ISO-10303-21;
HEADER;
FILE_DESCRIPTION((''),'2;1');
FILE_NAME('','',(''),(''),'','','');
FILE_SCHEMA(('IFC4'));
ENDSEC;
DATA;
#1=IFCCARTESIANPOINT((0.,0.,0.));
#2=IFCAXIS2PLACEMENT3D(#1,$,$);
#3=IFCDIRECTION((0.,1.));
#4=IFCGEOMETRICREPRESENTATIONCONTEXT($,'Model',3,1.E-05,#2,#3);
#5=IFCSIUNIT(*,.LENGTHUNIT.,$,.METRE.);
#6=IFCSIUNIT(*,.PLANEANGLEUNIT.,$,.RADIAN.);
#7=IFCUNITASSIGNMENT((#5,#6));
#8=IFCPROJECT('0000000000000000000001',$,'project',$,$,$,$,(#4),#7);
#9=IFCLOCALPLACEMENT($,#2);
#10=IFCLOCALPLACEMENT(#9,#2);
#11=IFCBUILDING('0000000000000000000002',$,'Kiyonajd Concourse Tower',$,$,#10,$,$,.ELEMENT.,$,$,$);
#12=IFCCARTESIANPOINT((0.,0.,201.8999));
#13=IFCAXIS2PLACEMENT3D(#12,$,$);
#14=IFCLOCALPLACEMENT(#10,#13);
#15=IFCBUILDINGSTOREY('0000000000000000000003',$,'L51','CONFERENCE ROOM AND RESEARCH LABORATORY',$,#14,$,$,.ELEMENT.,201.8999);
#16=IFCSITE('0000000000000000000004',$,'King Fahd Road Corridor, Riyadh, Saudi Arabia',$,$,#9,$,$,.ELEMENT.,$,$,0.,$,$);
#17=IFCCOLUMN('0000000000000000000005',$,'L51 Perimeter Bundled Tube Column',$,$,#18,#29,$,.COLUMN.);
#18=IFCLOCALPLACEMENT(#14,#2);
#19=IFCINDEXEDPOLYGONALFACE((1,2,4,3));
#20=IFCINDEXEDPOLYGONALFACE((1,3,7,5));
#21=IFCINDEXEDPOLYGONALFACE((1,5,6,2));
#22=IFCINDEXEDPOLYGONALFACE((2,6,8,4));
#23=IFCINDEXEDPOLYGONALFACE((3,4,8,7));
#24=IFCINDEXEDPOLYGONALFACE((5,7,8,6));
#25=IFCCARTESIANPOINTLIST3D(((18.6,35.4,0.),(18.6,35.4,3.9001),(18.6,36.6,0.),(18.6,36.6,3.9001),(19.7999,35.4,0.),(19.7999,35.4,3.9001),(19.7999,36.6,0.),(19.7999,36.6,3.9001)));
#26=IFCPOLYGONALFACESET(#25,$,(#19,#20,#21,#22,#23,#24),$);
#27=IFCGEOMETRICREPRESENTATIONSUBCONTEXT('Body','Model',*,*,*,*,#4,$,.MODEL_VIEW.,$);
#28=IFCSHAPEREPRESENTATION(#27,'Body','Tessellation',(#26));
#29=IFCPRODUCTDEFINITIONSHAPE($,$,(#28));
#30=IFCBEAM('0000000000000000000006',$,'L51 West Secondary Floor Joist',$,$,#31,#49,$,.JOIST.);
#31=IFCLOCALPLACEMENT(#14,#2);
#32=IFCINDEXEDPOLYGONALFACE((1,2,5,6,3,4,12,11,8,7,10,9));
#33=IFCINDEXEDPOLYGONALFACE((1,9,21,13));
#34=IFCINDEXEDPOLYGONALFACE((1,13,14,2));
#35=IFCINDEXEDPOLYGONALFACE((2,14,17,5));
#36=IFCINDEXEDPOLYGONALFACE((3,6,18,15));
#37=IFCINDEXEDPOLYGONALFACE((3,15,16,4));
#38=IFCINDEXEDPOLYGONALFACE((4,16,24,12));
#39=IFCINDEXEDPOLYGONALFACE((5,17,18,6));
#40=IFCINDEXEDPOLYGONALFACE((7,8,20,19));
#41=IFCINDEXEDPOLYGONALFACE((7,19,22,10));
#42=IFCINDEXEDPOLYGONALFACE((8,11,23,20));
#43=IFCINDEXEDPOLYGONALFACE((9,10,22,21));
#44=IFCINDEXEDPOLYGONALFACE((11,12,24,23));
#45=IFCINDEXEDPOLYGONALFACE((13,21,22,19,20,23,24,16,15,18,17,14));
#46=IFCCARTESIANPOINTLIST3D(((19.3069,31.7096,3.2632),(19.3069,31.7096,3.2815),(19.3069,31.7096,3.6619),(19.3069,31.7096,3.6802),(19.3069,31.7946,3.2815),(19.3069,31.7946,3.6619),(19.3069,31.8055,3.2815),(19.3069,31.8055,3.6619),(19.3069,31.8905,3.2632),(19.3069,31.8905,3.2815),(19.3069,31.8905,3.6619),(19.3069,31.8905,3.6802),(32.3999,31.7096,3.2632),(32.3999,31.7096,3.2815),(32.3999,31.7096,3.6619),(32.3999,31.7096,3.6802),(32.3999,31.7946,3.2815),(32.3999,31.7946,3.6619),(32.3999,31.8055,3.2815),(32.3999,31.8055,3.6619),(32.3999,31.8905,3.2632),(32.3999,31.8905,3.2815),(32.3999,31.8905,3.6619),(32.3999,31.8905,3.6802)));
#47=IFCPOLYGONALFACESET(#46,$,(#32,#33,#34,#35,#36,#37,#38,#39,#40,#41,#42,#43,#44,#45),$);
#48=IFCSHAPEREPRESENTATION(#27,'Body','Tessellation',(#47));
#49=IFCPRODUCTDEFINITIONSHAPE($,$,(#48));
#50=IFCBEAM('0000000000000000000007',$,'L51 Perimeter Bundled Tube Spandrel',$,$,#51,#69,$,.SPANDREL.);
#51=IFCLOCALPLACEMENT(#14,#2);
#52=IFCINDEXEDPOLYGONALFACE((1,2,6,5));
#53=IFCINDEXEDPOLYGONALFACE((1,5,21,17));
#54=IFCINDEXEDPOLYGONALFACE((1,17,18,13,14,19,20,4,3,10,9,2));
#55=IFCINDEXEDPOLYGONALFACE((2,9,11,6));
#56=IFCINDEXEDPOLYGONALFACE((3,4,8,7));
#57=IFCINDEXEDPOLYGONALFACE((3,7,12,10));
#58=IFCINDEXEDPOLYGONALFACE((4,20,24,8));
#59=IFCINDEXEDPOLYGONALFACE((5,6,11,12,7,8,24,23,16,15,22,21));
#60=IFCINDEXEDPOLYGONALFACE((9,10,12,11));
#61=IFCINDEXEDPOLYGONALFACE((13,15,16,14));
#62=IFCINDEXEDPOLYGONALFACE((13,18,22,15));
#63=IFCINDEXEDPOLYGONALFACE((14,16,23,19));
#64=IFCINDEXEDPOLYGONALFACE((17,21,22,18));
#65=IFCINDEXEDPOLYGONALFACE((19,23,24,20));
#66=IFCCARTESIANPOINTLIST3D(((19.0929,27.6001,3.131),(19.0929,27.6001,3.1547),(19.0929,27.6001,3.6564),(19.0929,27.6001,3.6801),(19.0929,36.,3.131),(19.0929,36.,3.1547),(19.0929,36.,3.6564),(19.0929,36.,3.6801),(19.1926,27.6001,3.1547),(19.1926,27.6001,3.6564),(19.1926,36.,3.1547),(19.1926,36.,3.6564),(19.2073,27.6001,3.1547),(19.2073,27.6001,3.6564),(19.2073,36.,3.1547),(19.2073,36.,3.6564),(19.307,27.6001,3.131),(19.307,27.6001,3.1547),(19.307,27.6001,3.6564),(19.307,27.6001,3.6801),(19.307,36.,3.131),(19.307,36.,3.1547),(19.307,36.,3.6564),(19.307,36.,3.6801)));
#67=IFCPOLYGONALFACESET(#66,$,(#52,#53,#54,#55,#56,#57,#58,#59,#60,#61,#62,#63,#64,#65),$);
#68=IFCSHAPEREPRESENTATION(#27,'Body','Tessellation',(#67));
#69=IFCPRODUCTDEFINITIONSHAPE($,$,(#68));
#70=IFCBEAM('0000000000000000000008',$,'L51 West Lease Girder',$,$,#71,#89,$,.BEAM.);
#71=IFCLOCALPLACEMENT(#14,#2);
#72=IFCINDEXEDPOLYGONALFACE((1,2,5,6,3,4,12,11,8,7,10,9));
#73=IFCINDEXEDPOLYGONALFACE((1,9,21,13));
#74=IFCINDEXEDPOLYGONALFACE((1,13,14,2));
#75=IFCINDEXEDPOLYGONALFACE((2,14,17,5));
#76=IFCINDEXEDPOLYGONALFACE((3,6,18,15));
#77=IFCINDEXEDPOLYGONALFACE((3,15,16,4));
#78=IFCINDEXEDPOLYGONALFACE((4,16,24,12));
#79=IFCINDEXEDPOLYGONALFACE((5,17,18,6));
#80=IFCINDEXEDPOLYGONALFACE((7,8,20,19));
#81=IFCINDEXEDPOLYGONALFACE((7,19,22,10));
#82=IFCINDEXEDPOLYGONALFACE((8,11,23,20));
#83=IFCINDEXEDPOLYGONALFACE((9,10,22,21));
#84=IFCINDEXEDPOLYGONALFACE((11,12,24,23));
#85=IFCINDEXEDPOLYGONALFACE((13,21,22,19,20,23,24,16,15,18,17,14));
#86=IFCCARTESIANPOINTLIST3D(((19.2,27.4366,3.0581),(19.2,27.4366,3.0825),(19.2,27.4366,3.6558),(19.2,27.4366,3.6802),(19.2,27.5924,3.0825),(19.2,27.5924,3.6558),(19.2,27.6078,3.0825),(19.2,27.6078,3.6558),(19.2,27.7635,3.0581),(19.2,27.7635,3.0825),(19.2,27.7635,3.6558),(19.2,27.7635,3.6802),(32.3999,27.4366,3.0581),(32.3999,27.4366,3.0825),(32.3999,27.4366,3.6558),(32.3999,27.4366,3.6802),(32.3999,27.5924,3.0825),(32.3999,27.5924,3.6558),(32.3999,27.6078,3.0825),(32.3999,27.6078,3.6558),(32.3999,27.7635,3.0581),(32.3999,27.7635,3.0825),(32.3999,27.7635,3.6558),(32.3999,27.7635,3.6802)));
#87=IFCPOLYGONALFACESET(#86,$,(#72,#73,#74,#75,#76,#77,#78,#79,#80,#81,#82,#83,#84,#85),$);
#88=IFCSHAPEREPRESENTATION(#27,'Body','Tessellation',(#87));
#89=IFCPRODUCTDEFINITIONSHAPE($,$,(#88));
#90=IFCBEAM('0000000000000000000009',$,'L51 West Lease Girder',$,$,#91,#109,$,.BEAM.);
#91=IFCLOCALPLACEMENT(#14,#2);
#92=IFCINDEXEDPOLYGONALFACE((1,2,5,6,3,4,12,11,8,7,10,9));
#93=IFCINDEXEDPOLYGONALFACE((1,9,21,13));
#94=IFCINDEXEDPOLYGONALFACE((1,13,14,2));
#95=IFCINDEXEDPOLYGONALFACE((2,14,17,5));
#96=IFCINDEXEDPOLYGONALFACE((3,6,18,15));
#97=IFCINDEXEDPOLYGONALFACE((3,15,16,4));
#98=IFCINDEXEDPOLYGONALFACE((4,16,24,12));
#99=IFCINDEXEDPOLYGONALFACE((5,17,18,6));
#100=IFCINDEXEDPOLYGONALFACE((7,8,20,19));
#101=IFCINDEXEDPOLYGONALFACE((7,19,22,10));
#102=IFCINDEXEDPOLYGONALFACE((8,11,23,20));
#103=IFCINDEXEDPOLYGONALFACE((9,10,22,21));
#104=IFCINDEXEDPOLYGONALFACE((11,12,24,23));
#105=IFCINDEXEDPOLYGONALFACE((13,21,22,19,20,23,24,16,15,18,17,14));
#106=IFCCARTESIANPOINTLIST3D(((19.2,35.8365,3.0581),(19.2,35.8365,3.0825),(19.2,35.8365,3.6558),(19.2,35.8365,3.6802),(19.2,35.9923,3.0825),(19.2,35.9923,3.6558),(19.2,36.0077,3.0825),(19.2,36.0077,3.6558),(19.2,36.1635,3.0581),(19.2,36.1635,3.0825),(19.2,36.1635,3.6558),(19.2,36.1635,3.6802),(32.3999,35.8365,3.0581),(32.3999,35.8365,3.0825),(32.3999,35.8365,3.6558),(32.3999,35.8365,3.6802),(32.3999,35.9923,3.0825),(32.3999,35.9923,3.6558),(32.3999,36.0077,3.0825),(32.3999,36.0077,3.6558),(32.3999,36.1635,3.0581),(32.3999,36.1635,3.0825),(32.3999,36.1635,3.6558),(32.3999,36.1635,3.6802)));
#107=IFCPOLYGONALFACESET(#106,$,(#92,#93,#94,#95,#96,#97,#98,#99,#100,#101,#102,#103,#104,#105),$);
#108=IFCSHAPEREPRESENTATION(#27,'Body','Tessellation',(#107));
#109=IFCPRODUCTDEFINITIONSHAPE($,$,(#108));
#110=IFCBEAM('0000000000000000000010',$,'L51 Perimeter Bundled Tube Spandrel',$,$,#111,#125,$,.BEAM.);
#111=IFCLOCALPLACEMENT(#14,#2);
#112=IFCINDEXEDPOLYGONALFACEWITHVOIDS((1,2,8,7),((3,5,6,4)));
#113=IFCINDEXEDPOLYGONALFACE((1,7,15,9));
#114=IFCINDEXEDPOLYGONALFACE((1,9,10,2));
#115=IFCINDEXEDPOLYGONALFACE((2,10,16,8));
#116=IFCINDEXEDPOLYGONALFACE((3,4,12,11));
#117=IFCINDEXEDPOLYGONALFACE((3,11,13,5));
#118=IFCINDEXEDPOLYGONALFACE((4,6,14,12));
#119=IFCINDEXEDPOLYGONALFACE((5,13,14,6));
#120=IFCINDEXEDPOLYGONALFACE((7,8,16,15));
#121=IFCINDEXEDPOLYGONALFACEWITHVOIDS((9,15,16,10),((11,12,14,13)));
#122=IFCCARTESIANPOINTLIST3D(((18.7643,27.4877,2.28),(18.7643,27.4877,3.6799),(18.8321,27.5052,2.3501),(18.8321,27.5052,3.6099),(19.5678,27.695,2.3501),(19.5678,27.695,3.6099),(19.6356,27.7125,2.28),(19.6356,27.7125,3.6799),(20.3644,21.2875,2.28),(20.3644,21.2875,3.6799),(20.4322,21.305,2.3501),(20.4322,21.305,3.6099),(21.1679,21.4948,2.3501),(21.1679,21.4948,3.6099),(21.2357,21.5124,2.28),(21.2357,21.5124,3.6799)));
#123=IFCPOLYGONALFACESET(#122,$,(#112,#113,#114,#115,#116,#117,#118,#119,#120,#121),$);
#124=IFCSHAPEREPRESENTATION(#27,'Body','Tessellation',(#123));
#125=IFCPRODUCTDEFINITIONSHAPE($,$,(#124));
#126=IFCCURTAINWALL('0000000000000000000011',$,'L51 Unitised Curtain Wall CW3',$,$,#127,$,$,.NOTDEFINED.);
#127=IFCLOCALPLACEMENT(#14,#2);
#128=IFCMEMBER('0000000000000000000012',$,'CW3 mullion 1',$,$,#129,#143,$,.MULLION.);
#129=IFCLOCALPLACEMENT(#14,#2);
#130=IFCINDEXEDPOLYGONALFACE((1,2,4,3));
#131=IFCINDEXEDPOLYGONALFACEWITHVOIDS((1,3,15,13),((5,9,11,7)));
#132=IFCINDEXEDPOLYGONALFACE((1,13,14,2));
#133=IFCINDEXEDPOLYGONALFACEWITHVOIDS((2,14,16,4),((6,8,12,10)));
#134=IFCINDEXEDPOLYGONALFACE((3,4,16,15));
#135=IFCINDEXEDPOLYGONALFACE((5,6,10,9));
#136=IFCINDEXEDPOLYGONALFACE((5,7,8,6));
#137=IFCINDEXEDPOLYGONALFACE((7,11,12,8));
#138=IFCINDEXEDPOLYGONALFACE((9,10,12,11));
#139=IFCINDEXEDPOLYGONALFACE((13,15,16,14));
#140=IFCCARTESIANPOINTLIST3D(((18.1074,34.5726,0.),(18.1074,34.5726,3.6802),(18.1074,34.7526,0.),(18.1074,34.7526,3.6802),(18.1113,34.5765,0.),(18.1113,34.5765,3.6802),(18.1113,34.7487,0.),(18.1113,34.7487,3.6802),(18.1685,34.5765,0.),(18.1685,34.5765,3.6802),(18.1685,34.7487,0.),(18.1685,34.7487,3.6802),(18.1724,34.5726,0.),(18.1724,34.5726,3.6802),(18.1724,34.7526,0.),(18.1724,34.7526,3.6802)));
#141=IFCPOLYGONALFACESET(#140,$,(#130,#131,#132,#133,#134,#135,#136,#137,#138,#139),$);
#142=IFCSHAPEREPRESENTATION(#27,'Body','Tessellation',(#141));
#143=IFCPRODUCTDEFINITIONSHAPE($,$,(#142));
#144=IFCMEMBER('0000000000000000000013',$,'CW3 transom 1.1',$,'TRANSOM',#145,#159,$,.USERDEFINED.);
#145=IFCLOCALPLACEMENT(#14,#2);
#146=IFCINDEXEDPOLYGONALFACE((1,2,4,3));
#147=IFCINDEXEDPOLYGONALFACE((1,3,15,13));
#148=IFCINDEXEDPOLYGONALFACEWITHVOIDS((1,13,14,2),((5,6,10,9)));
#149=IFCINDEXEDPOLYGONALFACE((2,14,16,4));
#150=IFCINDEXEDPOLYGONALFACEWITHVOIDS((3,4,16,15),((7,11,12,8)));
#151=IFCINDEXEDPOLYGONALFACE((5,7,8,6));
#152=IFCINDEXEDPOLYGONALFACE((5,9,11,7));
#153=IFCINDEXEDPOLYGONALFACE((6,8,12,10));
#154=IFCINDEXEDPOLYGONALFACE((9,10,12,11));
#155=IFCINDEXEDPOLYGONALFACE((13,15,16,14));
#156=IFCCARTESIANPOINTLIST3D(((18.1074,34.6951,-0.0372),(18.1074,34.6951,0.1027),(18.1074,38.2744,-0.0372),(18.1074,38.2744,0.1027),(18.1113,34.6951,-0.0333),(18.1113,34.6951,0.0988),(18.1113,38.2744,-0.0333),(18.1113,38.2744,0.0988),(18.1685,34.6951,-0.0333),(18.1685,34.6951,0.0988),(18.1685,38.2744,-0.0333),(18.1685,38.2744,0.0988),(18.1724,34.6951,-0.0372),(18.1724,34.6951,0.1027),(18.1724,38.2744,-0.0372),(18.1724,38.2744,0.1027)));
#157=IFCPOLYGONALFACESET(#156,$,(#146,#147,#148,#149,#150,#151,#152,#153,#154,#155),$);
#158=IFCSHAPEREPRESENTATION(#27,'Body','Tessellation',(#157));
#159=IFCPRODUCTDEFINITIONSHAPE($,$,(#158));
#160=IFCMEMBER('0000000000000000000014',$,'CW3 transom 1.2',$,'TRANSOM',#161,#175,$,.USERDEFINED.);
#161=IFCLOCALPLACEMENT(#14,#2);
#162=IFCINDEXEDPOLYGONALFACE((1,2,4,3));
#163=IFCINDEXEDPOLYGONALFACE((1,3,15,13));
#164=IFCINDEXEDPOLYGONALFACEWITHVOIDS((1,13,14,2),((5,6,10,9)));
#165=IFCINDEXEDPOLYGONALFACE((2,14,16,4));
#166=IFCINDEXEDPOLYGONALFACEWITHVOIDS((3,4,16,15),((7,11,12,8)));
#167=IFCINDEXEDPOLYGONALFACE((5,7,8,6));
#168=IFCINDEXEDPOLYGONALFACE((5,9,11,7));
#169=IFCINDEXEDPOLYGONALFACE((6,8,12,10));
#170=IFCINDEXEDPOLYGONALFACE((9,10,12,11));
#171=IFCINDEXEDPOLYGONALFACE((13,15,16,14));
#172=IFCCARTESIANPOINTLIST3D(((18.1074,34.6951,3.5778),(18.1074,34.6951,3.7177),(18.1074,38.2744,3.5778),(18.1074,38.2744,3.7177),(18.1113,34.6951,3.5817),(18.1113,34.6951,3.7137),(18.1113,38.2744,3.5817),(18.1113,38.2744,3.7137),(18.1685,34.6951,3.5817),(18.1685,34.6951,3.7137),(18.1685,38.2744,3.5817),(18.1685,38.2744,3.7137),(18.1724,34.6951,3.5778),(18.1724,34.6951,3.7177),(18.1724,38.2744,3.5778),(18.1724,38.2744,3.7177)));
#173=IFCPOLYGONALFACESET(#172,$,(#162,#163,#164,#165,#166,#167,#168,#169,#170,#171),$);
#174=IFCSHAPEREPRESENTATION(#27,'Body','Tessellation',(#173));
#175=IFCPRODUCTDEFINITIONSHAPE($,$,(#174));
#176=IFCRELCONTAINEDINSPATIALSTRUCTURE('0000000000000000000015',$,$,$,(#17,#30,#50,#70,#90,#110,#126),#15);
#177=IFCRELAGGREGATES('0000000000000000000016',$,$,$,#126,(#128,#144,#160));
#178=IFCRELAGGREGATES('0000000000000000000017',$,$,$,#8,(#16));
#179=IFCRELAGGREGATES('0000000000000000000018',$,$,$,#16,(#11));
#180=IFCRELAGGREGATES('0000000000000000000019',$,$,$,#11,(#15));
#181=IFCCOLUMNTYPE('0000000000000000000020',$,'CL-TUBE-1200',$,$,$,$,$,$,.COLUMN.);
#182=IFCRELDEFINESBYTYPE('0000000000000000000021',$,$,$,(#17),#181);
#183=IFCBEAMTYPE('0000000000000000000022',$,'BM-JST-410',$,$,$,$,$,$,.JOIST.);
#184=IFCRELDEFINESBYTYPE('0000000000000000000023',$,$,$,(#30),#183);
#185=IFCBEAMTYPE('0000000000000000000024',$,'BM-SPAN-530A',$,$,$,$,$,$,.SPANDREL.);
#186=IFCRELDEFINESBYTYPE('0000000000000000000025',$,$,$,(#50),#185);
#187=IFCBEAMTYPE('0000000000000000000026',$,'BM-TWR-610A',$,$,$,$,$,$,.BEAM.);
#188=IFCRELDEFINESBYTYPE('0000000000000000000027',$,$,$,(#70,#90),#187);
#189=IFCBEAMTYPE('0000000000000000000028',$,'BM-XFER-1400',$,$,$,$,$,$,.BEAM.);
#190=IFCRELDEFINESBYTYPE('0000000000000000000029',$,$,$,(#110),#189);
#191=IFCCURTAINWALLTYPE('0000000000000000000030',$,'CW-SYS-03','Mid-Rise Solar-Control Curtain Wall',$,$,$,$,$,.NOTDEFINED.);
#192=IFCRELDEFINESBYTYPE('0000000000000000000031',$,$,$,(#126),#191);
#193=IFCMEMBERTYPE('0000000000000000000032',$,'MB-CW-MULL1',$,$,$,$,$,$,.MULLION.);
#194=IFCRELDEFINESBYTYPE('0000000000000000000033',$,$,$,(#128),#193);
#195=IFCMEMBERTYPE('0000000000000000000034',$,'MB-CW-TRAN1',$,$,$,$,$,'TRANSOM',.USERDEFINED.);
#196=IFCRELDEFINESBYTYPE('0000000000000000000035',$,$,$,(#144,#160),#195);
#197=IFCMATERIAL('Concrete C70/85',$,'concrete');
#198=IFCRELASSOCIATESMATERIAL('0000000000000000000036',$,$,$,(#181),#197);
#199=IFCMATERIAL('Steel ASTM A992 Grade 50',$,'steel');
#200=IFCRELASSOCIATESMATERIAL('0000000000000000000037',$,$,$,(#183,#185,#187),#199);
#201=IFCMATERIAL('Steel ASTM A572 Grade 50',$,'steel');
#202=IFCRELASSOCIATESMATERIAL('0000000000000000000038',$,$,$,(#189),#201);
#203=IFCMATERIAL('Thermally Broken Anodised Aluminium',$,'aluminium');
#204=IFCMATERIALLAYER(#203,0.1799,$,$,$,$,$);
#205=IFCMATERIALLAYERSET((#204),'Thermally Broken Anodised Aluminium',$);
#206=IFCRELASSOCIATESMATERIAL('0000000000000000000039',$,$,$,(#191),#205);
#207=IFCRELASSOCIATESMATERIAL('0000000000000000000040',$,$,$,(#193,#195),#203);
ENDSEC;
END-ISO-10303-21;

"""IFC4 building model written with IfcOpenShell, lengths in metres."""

from ifc_helpers import new_model, si_unit, direction, frame, origin, origin_2d, place, context, subcontext, project, spatial, rectangle, hollow_rectangle, i_section, extrude, material, layer, layer_set, material_profile, profile_set, type_object, element, aggregate, save


model = new_model("IFC4")

# Units and contexts
model_context = context("Model", 3, precision=1e-05, world=origin(), true_north=direction((0.0, 1.0)))
body_context = subcontext(model_context, "Body", "Model", "MODEL_VIEW")
ifc_project = project(units=[si_unit("LENGTHUNIT", "METRE"), si_unit("PLANEANGLEUNIT", "RADIAN")], contexts=[model_context])

# Site, building, storey
site_placement = place(None, origin())
site = spatial("IfcSite", under=ifc_project, at=site_placement, Name="King Fahd Road Corridor, Riyadh, Saudi Arabia", CompositionType="ELEMENT", RefElevation=0.0)
building_placement = place(site_placement, origin())
building = spatial("IfcBuilding", under=site, at=building_placement, Name="Kiyonajd Concourse Tower", CompositionType="ELEMENT")
storey_placement = place(building_placement, frame((0.0, 0.0, 201.8999)))
storey = spatial("IfcBuildingStorey", under=building, at=storey_placement, Name="L51", Description="CONFERENCE ROOM AND RESEARCH LABORATORY", CompositionType="ELEMENT", Elevation=201.8999)

# Column
ifc_material_1 = material(Name="Concrete C70/85", Category="concrete")
ifc_material_profile_1 = material_profile(ifc_material_1, rectangle(XDim=1.2, YDim=1.2, at=origin_2d()), Name="RC-1200x1200")
ifc_profile_set_1 = profile_set([ifc_material_profile_1], Name="Concrete C70/85")
column_type = type_object("IfcColumnType", Name="CL-TUBE-1200", PredefinedType="COLUMN", material=ifc_profile_set_1)
column_placement = place(storey_placement, frame((19.2, 36.0, 0.0), z_axis=(0.0, 0.0, 1.0), x_axis=(1.0, 0.0, 0.0)))
element("IfcColumn", 1, at=column_placement, inside=storey, type_object=column_type, Name="L51 Perimeter Bundled Tube Column", PredefinedType="COLUMN", context=body_context, shape_type="SweptSolid", body=[
    extrude(rectangle(XDim=1.2, YDim=1.2, at=origin_2d()), origin(), (0.0, 0.0, 1.0), 3.9001),
])

# Beams
ifc_material_2 = material(Name="Steel ASTM A992 Grade 50", Category="steel")
ifc_material_profile_2 = material_profile(ifc_material_2, i_section(OverallWidth=0.1809, OverallDepth=0.417, WebThickness=0.011, FlangeThickness=0.0183, at=origin_2d()), Name="W410X85")
ifc_profile_set_2 = profile_set([ifc_material_profile_2], Name="Steel ASTM A992 Grade 50")
beam_type_1 = type_object("IfcBeamType", Name="BM-JST-410", PredefinedType="JOIST", material=ifc_profile_set_2)
beam_1_placement = place(storey_placement, frame((19.3069, 31.8, 3.4717), z_axis=(1.0, 0.0, 0.0), x_axis=(0.0, 1.0, 0.0)))
element("IfcBeam", 2, at=beam_1_placement, inside=storey, type_object=beam_type_1, Name="L51 West Secondary Floor Joist", PredefinedType="JOIST", context=body_context, shape_type="SweptSolid", body=[
    extrude(i_section(OverallWidth=0.1809, OverallDepth=0.417, WebThickness=0.011, FlangeThickness=0.0183, at=origin_2d()), origin(), (0.0, 0.0, 1.0), 13.093),
])
ifc_material_profile_3 = material_profile(ifc_material_2, i_section(OverallWidth=0.2141, OverallDepth=0.5491, WebThickness=0.0146, FlangeThickness=0.0237, at=origin_2d()), Name="W530X138")
ifc_profile_set_3 = profile_set([ifc_material_profile_3], Name="Steel ASTM A992 Grade 50")
beam_type_2 = type_object("IfcBeamType", Name="BM-SPAN-530A", PredefinedType="SPANDREL", material=ifc_profile_set_3)
beam_2_placement = place(storey_placement, frame((19.2, 36.0, 3.4055), z_axis=(0.0, -1.0, 0.0), x_axis=(1.0, 0.0, 0.0)))
element("IfcBeam", 3, at=beam_2_placement, inside=storey, type_object=beam_type_2, Name="L51 Perimeter Bundled Tube Spandrel", PredefinedType="SPANDREL", context=body_context, shape_type="SweptSolid", body=[
    extrude(i_section(OverallWidth=0.2141, OverallDepth=0.5491, WebThickness=0.0146, FlangeThickness=0.0237, at=origin_2d()), origin(), (0.0, 0.0, 1.0), 8.3999),
])
ifc_material_profile_4 = material_profile(ifc_material_2, i_section(OverallWidth=0.3269, OverallDepth=0.6221, WebThickness=0.0154, FlangeThickness=0.0244, at=origin_2d()), Name="W610X195")
ifc_profile_set_4 = profile_set([ifc_material_profile_4], Name="Steel ASTM A992 Grade 50")
beam_type_3 = type_object("IfcBeamType", Name="BM-TWR-610A", PredefinedType="BEAM", material=ifc_profile_set_4)
for number, where, z_axis, x_axis, name in (
    (4, (19.2, 27.6001, 3.3691), (1.0, 0.0, 0.0), (0.0, 1.0, 0.0), "L51 West Lease Girder"),
    (5, (19.2, 36.0, 3.3691), (1.0, 0.0, 0.0), (0.0, 1.0, 0.0), "L51 West Lease Girder"),
):
    element("IfcBeam", number, at=place(storey_placement, frame(where, z_axis=z_axis, x_axis=x_axis)), inside=storey, type_object=beam_type_3, Name=name, PredefinedType="BEAM", context=body_context, shape_type="SweptSolid", body=[
        extrude(i_section(OverallWidth=0.3269, OverallDepth=0.6221, WebThickness=0.0154, FlangeThickness=0.0244, at=origin_2d()), origin(), (0.0, 0.0, 1.0), 13.2),
    ])
ifc_material_3 = material(Name="Steel ASTM A572 Grade 50", Category="steel")
ifc_material_profile_5 = material_profile(ifc_material_3, hollow_rectangle(XDim=0.8999, YDim=1.3999, WallThickness=0.0701, at=origin_2d()), Name="BOX-1400x900x70")
ifc_profile_set_5 = profile_set([ifc_material_profile_5], Name="Steel ASTM A572 Grade 50")
beam_type_4 = type_object("IfcBeamType", Name="BM-XFER-1400", PredefinedType="BEAM", material=ifc_profile_set_5)
beam_3_placement = place(storey_placement, frame((19.2, 27.6001, 2.98), z_axis=(0.249885, -0.968276, 0.0), x_axis=(0.968276, 0.249885, 0.0)))
element("IfcBeam", 6, at=beam_3_placement, inside=storey, type_object=beam_type_4, Name="L51 Perimeter Bundled Tube Spandrel", PredefinedType="BEAM", context=body_context, shape_type="SweptSolid", body=[
    extrude(hollow_rectangle(XDim=0.8999, YDim=1.3999, WallThickness=0.0701, at=origin_2d()), origin(), (0.0, 0.0, 1.0), 6.4033),
])

# Curtain wall, members
ifc_material_4 = material(Name="Thermally Broken Anodised Aluminium", Category="aluminium")
ifc_layer_1 = layer(ifc_material_4, 0.1799)
ifc_layer_set_1 = layer_set([ifc_layer_1], Name="Thermally Broken Anodised Aluminium")
curtain_wall_type = type_object("IfcCurtainWallType", Name="CW-SYS-03", Description="Mid-Rise Solar-Control Curtain Wall", PredefinedType="NOTDEFINED", material=ifc_layer_set_1)
curtain_wall_placement = place(storey_placement, origin())
curtain_wall = element("IfcCurtainWall", 7, at=curtain_wall_placement, inside=storey, type_object=curtain_wall_type, Name="L51 Unitised Curtain Wall CW3", PredefinedType="NOTDEFINED")
ifc_material_profile_6 = material_profile(ifc_material_4, hollow_rectangle(XDim=0.0649, YDim=0.1799, WallThickness=0.0039, at=origin_2d()), Name="MULL-65x180")
ifc_profile_set_6 = profile_set([ifc_material_profile_6], Name="Thermally Broken Anodised Aluminium")
member_type_1 = type_object("IfcMemberType", Name="MB-CW-MULL1", PredefinedType="MULLION", material=ifc_profile_set_6)
member_1_placement = place(storey_placement, frame((18.1399, 34.6626, 0.0), z_axis=(0.0, 0.0, 1.0), x_axis=(-1.0, 0.0, 0.0)))
member_1 = element("IfcMember", 8, at=member_1_placement, type_object=member_type_1, Name="CW3 mullion 1", PredefinedType="MULLION", context=body_context, shape_type="SweptSolid", body=[
    extrude(hollow_rectangle(XDim=0.0649, YDim=0.1799, WallThickness=0.0039, at=origin_2d()), origin(), (0.0, 0.0, 1.0), 3.6802),
])
ifc_material_profile_7 = material_profile(ifc_material_4, hollow_rectangle(XDim=0.0649, YDim=0.1399, WallThickness=0.0039, at=origin_2d()), Name="TRAN-65x140")
ifc_profile_set_7 = profile_set([ifc_material_profile_7], Name="Thermally Broken Anodised Aluminium")
member_type_2 = type_object("IfcMemberType", Name="MB-CW-TRAN1", ElementType="TRANSOM", PredefinedType="USERDEFINED", material=ifc_profile_set_7)
member_2_placement = place(storey_placement, frame((18.1399, 34.6951, 0.0327), z_axis=(0.0, 1.0, 0.0), x_axis=(-1.0, 0.0, 0.0)))
member_2 = element("IfcMember", 9, at=member_2_placement, type_object=member_type_2, Name="CW3 transom 1.1", ObjectType="TRANSOM", PredefinedType="USERDEFINED", context=body_context, shape_type="SweptSolid", body=[
    extrude(hollow_rectangle(XDim=0.0649, YDim=0.1399, WallThickness=0.0039, at=origin_2d()), origin(), (0.0, 0.0, 1.0), 3.5793),
])
member_3_placement = place(storey_placement, frame((18.1399, 34.6951, 3.6477), z_axis=(0.0, 1.0, 0.0), x_axis=(-1.0, 0.0, 0.0)))
member_3 = element("IfcMember", 10, at=member_3_placement, type_object=member_type_2, Name="CW3 transom 1.2", ObjectType="TRANSOM", PredefinedType="USERDEFINED", context=body_context, shape_type="SweptSolid", body=[
    extrude(hollow_rectangle(XDim=0.0649, YDim=0.1399, WallThickness=0.0039, at=origin_2d()), origin(), (0.0, 0.0, 1.0), 3.5793),
])

aggregate(curtain_wall, [member_1, member_2, member_3])

save(model, "model.ifc")
